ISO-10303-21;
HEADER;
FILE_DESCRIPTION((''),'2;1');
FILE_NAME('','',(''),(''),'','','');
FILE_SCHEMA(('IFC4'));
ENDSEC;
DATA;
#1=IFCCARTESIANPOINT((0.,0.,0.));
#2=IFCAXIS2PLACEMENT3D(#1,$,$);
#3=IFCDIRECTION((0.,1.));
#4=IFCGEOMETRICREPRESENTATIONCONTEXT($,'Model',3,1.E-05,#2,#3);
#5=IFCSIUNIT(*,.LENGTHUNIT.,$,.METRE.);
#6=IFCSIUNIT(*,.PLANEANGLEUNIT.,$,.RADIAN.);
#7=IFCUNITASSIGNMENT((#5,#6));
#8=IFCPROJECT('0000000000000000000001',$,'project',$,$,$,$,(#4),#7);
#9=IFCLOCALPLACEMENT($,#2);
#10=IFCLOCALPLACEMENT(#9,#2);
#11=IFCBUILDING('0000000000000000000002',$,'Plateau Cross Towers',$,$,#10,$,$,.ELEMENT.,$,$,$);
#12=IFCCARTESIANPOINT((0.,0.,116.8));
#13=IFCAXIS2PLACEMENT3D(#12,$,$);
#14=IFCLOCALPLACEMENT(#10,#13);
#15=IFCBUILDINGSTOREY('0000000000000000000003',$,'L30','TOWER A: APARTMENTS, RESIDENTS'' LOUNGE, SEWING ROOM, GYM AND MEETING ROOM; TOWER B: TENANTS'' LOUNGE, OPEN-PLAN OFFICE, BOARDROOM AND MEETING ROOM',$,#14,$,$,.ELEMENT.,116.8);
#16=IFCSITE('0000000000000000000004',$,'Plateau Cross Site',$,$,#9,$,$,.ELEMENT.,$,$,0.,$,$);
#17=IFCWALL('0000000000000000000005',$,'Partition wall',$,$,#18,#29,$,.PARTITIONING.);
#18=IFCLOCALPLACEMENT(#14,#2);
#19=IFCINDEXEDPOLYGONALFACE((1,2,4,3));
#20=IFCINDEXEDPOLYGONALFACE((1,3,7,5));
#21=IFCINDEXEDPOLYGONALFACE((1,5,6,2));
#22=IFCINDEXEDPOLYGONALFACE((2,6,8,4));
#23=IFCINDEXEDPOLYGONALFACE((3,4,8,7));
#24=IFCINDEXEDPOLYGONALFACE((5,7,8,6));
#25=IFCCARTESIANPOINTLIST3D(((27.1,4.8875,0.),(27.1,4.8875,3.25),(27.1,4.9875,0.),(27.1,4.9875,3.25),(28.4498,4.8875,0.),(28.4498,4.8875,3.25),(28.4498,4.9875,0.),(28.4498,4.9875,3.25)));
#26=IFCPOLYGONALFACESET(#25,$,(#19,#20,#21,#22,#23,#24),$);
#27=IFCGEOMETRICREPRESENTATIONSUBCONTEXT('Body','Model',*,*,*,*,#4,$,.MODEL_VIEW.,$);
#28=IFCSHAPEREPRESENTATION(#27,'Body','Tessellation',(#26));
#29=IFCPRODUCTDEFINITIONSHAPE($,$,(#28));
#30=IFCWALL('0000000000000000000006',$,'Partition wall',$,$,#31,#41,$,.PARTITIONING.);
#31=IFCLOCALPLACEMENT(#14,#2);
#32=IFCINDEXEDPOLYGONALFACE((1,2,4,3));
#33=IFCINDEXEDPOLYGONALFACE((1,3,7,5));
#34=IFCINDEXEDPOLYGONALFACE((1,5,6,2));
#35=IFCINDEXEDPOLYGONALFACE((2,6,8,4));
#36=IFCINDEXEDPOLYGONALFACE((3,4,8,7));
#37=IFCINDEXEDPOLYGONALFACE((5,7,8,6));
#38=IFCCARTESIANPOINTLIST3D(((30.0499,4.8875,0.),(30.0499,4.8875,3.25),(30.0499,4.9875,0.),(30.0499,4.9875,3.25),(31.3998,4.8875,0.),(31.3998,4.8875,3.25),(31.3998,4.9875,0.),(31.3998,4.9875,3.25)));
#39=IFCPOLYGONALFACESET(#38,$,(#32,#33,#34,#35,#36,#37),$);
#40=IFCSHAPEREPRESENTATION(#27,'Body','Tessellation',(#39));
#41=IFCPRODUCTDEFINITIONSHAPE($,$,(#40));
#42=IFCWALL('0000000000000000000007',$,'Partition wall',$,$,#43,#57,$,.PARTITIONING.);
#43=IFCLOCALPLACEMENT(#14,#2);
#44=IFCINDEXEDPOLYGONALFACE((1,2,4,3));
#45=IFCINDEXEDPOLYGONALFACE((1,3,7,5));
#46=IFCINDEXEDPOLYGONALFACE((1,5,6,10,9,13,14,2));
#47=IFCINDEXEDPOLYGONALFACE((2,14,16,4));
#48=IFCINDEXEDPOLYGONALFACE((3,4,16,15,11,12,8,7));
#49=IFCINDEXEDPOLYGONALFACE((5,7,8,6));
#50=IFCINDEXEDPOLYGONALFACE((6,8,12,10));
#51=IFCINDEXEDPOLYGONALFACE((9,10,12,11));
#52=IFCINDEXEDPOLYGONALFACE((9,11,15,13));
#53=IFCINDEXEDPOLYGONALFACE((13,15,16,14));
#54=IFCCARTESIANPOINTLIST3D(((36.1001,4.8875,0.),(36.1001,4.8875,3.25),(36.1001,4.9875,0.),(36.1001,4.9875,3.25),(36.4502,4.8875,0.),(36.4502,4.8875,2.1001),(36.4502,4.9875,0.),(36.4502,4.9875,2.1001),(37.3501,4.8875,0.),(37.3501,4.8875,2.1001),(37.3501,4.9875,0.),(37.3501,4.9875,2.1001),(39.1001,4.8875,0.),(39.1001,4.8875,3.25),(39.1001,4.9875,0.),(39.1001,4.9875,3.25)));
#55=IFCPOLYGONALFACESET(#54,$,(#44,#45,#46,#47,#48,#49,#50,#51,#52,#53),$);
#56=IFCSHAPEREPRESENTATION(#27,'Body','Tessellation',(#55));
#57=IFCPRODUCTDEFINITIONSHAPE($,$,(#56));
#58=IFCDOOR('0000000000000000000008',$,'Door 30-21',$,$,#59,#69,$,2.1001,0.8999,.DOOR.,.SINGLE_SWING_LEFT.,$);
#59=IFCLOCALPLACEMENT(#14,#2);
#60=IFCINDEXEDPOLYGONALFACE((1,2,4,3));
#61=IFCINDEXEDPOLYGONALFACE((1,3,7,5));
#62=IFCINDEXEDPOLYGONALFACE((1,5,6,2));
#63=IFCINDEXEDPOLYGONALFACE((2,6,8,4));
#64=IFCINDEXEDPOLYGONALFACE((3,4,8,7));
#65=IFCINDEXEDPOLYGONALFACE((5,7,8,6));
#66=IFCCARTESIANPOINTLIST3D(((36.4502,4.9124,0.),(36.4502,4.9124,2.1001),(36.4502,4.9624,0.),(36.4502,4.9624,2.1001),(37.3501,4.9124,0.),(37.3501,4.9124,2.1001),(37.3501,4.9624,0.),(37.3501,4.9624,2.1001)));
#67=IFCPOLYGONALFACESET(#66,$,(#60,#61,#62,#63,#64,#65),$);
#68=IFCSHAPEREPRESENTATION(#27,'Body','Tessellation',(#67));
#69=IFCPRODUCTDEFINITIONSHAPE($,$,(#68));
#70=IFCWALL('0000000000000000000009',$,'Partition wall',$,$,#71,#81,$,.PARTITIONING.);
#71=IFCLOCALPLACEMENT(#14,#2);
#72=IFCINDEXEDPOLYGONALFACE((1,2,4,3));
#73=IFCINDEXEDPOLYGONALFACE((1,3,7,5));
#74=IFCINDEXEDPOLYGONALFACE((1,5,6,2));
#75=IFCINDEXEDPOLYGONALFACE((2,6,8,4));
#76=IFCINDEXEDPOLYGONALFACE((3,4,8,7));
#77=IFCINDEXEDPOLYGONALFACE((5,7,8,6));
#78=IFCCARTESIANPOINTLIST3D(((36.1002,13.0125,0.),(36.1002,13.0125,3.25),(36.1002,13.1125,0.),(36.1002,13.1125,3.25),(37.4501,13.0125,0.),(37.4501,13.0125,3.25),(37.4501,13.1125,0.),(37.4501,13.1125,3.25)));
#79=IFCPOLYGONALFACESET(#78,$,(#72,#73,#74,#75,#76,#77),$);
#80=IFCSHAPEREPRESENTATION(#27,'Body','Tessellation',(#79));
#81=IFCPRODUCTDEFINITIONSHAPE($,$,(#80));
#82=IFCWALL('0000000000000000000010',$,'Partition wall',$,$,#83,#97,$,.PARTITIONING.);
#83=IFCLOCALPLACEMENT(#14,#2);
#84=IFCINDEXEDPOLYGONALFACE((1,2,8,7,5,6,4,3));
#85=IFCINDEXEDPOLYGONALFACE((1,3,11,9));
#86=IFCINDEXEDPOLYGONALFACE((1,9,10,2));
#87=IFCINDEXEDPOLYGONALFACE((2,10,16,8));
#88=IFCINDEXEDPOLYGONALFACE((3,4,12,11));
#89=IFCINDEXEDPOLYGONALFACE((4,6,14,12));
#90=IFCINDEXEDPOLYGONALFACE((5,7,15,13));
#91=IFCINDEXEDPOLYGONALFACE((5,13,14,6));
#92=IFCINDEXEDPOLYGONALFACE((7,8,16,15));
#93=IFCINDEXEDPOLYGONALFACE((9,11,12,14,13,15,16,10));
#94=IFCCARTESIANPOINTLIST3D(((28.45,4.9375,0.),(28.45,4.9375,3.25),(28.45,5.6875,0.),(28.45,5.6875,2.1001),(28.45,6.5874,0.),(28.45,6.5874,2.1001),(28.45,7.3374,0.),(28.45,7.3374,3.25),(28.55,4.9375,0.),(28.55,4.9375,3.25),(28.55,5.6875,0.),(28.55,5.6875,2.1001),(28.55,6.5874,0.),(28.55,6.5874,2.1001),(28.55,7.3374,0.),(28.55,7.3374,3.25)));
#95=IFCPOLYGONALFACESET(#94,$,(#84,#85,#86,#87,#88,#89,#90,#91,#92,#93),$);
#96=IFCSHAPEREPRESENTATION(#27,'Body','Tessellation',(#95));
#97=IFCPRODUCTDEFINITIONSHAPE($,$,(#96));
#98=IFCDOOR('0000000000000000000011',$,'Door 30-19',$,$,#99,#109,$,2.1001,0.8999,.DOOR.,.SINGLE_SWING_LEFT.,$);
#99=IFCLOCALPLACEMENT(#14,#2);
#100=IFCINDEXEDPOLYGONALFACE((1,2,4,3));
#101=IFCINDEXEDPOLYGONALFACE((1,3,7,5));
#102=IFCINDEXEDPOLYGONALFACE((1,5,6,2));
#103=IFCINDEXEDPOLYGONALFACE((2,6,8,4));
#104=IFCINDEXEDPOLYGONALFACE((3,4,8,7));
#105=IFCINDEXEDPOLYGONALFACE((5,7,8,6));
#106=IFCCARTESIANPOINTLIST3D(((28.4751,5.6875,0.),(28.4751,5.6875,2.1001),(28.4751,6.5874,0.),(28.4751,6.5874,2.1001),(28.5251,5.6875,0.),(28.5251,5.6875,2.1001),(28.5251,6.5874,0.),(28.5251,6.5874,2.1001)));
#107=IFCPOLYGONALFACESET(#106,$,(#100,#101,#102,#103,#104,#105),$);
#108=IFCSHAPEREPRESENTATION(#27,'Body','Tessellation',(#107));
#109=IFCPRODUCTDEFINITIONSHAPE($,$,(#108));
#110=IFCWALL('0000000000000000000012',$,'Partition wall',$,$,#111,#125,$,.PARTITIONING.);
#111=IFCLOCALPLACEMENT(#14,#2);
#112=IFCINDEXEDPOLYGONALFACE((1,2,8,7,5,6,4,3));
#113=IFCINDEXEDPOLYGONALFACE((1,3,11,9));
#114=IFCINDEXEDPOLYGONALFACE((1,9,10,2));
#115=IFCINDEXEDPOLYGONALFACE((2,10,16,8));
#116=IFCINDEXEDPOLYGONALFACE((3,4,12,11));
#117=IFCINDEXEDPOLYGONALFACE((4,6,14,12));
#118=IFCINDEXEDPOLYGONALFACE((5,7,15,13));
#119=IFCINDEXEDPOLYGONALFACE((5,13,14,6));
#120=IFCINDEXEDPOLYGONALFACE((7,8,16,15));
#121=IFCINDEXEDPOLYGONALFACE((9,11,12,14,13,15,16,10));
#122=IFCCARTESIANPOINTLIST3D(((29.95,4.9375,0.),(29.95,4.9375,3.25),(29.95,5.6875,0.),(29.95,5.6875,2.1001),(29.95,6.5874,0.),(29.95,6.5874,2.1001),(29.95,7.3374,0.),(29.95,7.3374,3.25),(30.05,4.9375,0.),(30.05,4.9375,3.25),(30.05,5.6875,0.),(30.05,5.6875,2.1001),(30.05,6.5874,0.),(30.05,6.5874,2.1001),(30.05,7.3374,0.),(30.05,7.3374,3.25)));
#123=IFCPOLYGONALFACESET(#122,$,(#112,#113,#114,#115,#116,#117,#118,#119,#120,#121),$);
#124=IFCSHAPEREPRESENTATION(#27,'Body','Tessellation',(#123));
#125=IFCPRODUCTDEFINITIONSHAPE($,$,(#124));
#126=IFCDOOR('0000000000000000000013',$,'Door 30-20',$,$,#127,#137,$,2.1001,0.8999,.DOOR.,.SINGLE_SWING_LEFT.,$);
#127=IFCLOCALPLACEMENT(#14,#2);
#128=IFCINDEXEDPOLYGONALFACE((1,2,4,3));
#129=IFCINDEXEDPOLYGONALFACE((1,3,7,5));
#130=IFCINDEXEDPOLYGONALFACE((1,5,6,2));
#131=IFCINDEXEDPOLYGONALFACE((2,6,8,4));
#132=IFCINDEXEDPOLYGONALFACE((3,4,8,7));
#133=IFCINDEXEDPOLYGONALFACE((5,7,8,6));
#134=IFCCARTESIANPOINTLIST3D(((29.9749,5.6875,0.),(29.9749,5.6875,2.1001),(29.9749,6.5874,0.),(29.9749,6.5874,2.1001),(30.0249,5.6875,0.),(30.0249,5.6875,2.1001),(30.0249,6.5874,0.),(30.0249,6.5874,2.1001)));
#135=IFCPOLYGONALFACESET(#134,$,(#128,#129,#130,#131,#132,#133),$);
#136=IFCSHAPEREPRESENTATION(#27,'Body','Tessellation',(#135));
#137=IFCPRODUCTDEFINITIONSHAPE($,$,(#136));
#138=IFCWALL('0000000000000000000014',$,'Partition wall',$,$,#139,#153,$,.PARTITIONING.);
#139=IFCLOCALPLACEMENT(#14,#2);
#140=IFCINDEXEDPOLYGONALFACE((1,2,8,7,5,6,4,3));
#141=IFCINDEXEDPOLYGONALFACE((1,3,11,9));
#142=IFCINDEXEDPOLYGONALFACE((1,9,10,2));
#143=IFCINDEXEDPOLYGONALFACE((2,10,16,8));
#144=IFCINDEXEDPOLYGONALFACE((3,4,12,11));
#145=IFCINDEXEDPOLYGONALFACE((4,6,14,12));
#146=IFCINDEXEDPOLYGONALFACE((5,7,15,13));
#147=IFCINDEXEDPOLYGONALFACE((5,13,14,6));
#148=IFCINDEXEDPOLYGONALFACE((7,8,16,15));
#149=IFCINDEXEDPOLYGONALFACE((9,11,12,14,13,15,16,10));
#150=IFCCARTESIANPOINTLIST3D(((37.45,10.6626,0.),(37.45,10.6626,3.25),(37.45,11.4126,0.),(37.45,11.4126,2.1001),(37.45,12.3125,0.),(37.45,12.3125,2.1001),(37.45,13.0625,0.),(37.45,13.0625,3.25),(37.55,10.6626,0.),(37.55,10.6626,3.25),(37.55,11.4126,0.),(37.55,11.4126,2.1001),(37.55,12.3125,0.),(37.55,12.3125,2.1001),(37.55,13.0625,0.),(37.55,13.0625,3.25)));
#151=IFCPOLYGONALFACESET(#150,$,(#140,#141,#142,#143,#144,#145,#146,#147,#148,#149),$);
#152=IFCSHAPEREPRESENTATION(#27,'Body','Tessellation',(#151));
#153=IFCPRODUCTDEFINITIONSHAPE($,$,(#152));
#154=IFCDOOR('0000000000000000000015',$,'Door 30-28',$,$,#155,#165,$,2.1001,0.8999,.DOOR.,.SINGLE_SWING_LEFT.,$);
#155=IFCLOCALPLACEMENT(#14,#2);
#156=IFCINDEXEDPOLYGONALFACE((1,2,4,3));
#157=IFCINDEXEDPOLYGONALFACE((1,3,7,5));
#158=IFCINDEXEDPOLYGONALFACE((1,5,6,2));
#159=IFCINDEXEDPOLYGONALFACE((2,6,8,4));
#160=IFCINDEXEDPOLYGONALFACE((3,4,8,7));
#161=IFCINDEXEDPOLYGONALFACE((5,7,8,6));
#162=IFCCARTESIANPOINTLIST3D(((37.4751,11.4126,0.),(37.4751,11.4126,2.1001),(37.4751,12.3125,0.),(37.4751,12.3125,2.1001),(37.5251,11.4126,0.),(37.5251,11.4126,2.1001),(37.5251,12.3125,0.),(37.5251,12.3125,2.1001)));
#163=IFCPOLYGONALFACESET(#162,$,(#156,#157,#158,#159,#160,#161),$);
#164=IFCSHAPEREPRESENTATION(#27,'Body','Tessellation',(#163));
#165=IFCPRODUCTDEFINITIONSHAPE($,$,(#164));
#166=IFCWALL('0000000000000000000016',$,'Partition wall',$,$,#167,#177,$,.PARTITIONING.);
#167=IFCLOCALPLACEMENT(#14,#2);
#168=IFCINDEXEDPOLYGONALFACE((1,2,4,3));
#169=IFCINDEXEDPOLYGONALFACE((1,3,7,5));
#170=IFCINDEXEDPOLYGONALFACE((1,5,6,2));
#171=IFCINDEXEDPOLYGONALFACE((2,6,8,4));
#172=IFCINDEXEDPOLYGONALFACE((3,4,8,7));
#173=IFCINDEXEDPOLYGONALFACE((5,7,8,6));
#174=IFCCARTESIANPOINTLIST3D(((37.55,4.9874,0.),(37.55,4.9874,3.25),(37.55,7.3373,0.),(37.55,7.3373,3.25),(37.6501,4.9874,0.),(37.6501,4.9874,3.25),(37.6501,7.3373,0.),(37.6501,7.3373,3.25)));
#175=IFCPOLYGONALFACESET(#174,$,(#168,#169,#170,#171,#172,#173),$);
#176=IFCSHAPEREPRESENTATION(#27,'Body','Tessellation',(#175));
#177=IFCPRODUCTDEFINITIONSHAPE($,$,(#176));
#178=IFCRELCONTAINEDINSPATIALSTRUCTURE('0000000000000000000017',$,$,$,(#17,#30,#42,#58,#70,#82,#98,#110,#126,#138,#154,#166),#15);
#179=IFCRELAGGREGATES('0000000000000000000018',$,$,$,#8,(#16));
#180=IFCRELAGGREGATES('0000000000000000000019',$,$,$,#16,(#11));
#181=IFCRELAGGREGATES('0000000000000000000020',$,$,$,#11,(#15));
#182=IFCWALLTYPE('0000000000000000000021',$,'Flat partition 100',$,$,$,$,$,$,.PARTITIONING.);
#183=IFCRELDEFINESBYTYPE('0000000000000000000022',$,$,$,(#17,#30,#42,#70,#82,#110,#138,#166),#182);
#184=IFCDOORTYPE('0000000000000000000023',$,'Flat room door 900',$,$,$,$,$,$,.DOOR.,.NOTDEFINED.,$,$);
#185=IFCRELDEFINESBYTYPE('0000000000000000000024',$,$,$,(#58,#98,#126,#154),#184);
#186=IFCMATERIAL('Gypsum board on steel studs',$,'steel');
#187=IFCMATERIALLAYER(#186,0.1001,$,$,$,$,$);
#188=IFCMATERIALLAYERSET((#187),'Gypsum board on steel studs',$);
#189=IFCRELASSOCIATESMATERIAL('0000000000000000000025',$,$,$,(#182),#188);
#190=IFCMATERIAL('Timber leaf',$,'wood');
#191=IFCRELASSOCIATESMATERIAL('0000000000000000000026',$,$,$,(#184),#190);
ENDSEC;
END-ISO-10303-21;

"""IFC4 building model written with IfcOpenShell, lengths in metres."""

from ifc_helpers import new_model, si_unit, direction, frame, frame_2d, origin, place, context, subcontext, project, spatial, rectangle, extrude, material, layer, layer_set, type_object, element, fill, save


model = new_model("IFC4")

# Units and contexts
model_context = context("Model", 3, precision=1e-05, world=origin(), true_north=direction((0.0, 1.0)))
body_context = subcontext(model_context, "Body", "Model", "MODEL_VIEW")
ifc_project = project(units=[si_unit("LENGTHUNIT", "METRE"), si_unit("PLANEANGLEUNIT", "RADIAN")], contexts=[model_context])

# Site, building, storey
site_placement = place(None, origin())
site = spatial("IfcSite", under=ifc_project, at=site_placement, Name="Plateau Cross Site", CompositionType="ELEMENT", RefElevation=0.0)
building_placement = place(site_placement, origin())
building = spatial("IfcBuilding", under=site, at=building_placement, Name="Plateau Cross Towers", CompositionType="ELEMENT")
storey_placement = place(building_placement, frame((0.0, 0.0, 116.8)))
storey = spatial("IfcBuildingStorey", under=building, at=storey_placement, Name="L30", Description="TOWER A: APARTMENTS, RESIDENTS' LOUNGE, SEWING ROOM, GYM AND MEETING ROOM; TOWER B: TENANTS' LOUNGE, OPEN-PLAN OFFICE, BOARDROOM AND MEETING ROOM", CompositionType="ELEMENT", Elevation=116.8)

# Walls
ifc_material_1 = material(Name="Gypsum board on steel studs", Category="steel")
ifc_layer_1 = layer(ifc_material_1, 0.1001)
ifc_layer_set_1 = layer_set([ifc_layer_1], Name="Gypsum board on steel studs")
wall_type_1 = type_object("IfcWallType", Name="Flat partition 100", PredefinedType="PARTITIONING", material=ifc_layer_set_1)
for number, where, z_axis, x_axis, name in (
    (1, (27.1001, 4.9375, 0.0), (0.0, 0.0, 1.0), (1.0, 0.0, 0.0), "Partition wall"),
    (2, (30.05, 4.9375, 0.0), (0.0, 0.0, 1.0), (1.0, 0.0, 0.0), "Partition wall"),
):
    element("IfcWall", number, at=place(storey_placement, frame(where, z_axis=z_axis, x_axis=x_axis)), inside=storey, type_object=wall_type_1, Name=name, PredefinedType="PARTITIONING", context=body_context, shape_type="SweptSolid", body=[
        extrude(rectangle(XDim=1.3499, YDim=0.1001, at=frame_2d((0.6748, 0.0))), origin(), (0.0, 0.0, 1.0), 3.25),
    ])

# Wall, opening, door
wall_1_placement = place(storey_placement, frame((36.1001, 4.9375, 0.0), z_axis=(0.0, 0.0, 1.0), x_axis=(1.0, 0.0, 0.0)))
wall_1 = element("IfcWall", 3, at=wall_1_placement, inside=storey, type_object=wall_type_1, Name="Partition wall", PredefinedType="PARTITIONING", context=body_context, shape_type="SweptSolid", body=[
    extrude(rectangle(XDim=3.0, YDim=0.1001, at=frame_2d((1.5, 0.0))), origin(), (0.0, 0.0, 1.0), 3.25),
])
opening_1_placement = place(wall_1_placement, frame((0.3501, 0.0, 0.0)))
opening_1 = element("IfcOpeningElement", 4, at=opening_1_placement, cuts=wall_1, PredefinedType="OPENING", context=body_context, shape_type="SweptSolid", body=[
    extrude(rectangle(XDim=0.8999, YDim=2.1001, at=frame_2d((0.45, 1.05))), frame((0.0, 0.0601, 0.0), z_axis=(0.0, -1.0, 0.0), x_axis=(1.0, 0.0, 0.0)), (0.0, 0.0, 1.0), 0.1201),
])
ifc_material_2 = material(Name="Timber leaf", Category="wood")
door_type = type_object("IfcDoorType", Name="Flat room door 900", OperationType="NOTDEFINED", PredefinedType="DOOR", material=ifc_material_2)
door_1_placement = place(opening_1_placement, origin())
door_1 = element("IfcDoor", 5, at=door_1_placement, inside=storey, type_object=door_type, Name="Door 30-21", OperationType="SINGLE_SWING_LEFT", OverallHeight=2.1001, OverallWidth=0.8999, PredefinedType="DOOR", context=body_context, shape_type="SweptSolid", body=[
    extrude(rectangle(XDim=0.8999, YDim=2.1001, at=frame_2d((0.45, 1.05))), frame((0.0, 0.0249, 0.0), z_axis=(0.0, -1.0, 0.0), x_axis=(1.0, 0.0, 0.0)), (0.0, 0.0, 1.0), 0.05),
])
fill(opening_1, door_1)

# Wall
wall_2_placement = place(storey_placement, frame((37.45, 13.0625, 0.0), z_axis=(0.0, 0.0, 1.0), x_axis=(-1.0, 0.0, 0.0)))
element("IfcWall", 6, at=wall_2_placement, inside=storey, type_object=wall_type_1, Name="Partition wall", PredefinedType="PARTITIONING", context=body_context, shape_type="SweptSolid", body=[
    extrude(rectangle(XDim=1.3499, YDim=0.1001, at=frame_2d((0.6748, 0.0))), origin(), (0.0, 0.0, 1.0), 3.25),
])

# Walls, openings, doors
wall_3_placement = place(storey_placement, frame((28.5, 4.9375, 0.0), z_axis=(0.0, 0.0, 1.0), x_axis=(0.0, 1.0, 0.0)))
wall_3 = element("IfcWall", 7, at=wall_3_placement, inside=storey, type_object=wall_type_1, Name="Partition wall", PredefinedType="PARTITIONING", context=body_context, shape_type="SweptSolid", body=[
    extrude(rectangle(XDim=2.3999, YDim=0.1001, at=frame_2d((1.2, 0.0))), origin(), (0.0, 0.0, 1.0), 3.25),
])
opening_2_placement = place(wall_3_placement, frame((0.75, 0.0, 0.0)))
opening_2 = element("IfcOpeningElement", 8, at=opening_2_placement, cuts=wall_3, PredefinedType="OPENING", context=body_context, shape_type="SweptSolid", body=[
    extrude(rectangle(XDim=0.8999, YDim=2.1001, at=frame_2d((0.45, 1.05))), frame((0.0, 0.0601, 0.0), z_axis=(0.0, -1.0, 0.0), x_axis=(1.0, 0.0, 0.0)), (0.0, 0.0, 1.0), 0.1201),
])
door_2_placement = place(opening_2_placement, origin())
door_2 = element("IfcDoor", 9, at=door_2_placement, inside=storey, type_object=door_type, Name="Door 30-19", OperationType="SINGLE_SWING_LEFT", OverallHeight=2.1001, OverallWidth=0.8999, PredefinedType="DOOR", context=body_context, shape_type="SweptSolid", body=[
    extrude(rectangle(XDim=0.8999, YDim=2.1001, at=frame_2d((0.45, 1.05))), frame((0.0, 0.0249, 0.0), z_axis=(0.0, -1.0, 0.0), x_axis=(1.0, 0.0, 0.0)), (0.0, 0.0, 1.0), 0.05),
])
fill(opening_2, door_2)
wall_4_placement = place(storey_placement, frame((30.0, 7.3374, 0.0), z_axis=(0.0, 0.0, 1.0), x_axis=(0.0, -1.0, 0.0)))
wall_4 = element("IfcWall", 10, at=wall_4_placement, inside=storey, type_object=wall_type_1, Name="Partition wall", PredefinedType="PARTITIONING", context=body_context, shape_type="SweptSolid", body=[
    extrude(rectangle(XDim=2.3999, YDim=0.1001, at=frame_2d((1.2, 0.0))), origin(), (0.0, 0.0, 1.0), 3.25),
])
opening_3_placement = place(wall_4_placement, frame((0.75, 0.0, 0.0)))
opening_3 = element("IfcOpeningElement", 11, at=opening_3_placement, cuts=wall_4, PredefinedType="OPENING", context=body_context, shape_type="SweptSolid", body=[
    extrude(rectangle(XDim=0.8999, YDim=2.1001, at=frame_2d((0.45, 1.05))), frame((0.0, 0.0601, 0.0), z_axis=(0.0, -1.0, 0.0), x_axis=(1.0, 0.0, 0.0)), (0.0, 0.0, 1.0), 0.1201),
])
door_3_placement = place(opening_3_placement, origin())
door_3 = element("IfcDoor", 12, at=door_3_placement, inside=storey, type_object=door_type, Name="Door 30-20", OperationType="SINGLE_SWING_LEFT", OverallHeight=2.1001, OverallWidth=0.8999, PredefinedType="DOOR", context=body_context, shape_type="SweptSolid", body=[
    extrude(rectangle(XDim=0.8999, YDim=2.1001, at=frame_2d((0.45, 1.05))), frame((0.0, 0.0249, 0.0), z_axis=(0.0, -1.0, 0.0), x_axis=(1.0, 0.0, 0.0)), (0.0, 0.0, 1.0), 0.05),
])
fill(opening_3, door_3)
wall_5_placement = place(storey_placement, frame((37.5, 10.6626, 0.0), z_axis=(0.0, 0.0, 1.0), x_axis=(0.0, 1.0, 0.0)))
wall_5 = element("IfcWall", 13, at=wall_5_placement, inside=storey, type_object=wall_type_1, Name="Partition wall", PredefinedType="PARTITIONING", context=body_context, shape_type="SweptSolid", body=[
    extrude(rectangle(XDim=2.3999, YDim=0.1001, at=frame_2d((1.2, 0.0))), origin(), (0.0, 0.0, 1.0), 3.25),
])
opening_4_placement = place(wall_5_placement, frame((0.75, 0.0, 0.0)))
opening_4 = element("IfcOpeningElement", 14, at=opening_4_placement, cuts=wall_5, PredefinedType="OPENING", context=body_context, shape_type="SweptSolid", body=[
    extrude(rectangle(XDim=0.8999, YDim=2.1001, at=frame_2d((0.45, 1.05))), frame((0.0, 0.0601, 0.0), z_axis=(0.0, -1.0, 0.0), x_axis=(1.0, 0.0, 0.0)), (0.0, 0.0, 1.0), 0.1201),
])
door_4_placement = place(opening_4_placement, origin())
door_4 = element("IfcDoor", 15, at=door_4_placement, inside=storey, type_object=door_type, Name="Door 30-28", OperationType="SINGLE_SWING_LEFT", OverallHeight=2.1001, OverallWidth=0.8999, PredefinedType="DOOR", context=body_context, shape_type="SweptSolid", body=[
    extrude(rectangle(XDim=0.8999, YDim=2.1001, at=frame_2d((0.45, 1.05))), frame((0.0, 0.0249, 0.0), z_axis=(0.0, -1.0, 0.0), x_axis=(1.0, 0.0, 0.0)), (0.0, 0.0, 1.0), 0.05),
])
fill(opening_4, door_4)

# Wall
wall_6_placement = place(storey_placement, frame((37.6001, 4.9875, 0.0), z_axis=(0.0, 0.0, 1.0), x_axis=(0.0, 1.0, 0.0)))
element("IfcWall", 16, at=wall_6_placement, inside=storey, type_object=wall_type_1, Name="Partition wall", PredefinedType="PARTITIONING", context=body_context, shape_type="SweptSolid", body=[
    extrude(rectangle(XDim=2.3499, YDim=0.1001, at=frame_2d((1.1748, 0.0))), origin(), (0.0, 0.0, 1.0), 3.25),
])

save(model, "model.ifc")
